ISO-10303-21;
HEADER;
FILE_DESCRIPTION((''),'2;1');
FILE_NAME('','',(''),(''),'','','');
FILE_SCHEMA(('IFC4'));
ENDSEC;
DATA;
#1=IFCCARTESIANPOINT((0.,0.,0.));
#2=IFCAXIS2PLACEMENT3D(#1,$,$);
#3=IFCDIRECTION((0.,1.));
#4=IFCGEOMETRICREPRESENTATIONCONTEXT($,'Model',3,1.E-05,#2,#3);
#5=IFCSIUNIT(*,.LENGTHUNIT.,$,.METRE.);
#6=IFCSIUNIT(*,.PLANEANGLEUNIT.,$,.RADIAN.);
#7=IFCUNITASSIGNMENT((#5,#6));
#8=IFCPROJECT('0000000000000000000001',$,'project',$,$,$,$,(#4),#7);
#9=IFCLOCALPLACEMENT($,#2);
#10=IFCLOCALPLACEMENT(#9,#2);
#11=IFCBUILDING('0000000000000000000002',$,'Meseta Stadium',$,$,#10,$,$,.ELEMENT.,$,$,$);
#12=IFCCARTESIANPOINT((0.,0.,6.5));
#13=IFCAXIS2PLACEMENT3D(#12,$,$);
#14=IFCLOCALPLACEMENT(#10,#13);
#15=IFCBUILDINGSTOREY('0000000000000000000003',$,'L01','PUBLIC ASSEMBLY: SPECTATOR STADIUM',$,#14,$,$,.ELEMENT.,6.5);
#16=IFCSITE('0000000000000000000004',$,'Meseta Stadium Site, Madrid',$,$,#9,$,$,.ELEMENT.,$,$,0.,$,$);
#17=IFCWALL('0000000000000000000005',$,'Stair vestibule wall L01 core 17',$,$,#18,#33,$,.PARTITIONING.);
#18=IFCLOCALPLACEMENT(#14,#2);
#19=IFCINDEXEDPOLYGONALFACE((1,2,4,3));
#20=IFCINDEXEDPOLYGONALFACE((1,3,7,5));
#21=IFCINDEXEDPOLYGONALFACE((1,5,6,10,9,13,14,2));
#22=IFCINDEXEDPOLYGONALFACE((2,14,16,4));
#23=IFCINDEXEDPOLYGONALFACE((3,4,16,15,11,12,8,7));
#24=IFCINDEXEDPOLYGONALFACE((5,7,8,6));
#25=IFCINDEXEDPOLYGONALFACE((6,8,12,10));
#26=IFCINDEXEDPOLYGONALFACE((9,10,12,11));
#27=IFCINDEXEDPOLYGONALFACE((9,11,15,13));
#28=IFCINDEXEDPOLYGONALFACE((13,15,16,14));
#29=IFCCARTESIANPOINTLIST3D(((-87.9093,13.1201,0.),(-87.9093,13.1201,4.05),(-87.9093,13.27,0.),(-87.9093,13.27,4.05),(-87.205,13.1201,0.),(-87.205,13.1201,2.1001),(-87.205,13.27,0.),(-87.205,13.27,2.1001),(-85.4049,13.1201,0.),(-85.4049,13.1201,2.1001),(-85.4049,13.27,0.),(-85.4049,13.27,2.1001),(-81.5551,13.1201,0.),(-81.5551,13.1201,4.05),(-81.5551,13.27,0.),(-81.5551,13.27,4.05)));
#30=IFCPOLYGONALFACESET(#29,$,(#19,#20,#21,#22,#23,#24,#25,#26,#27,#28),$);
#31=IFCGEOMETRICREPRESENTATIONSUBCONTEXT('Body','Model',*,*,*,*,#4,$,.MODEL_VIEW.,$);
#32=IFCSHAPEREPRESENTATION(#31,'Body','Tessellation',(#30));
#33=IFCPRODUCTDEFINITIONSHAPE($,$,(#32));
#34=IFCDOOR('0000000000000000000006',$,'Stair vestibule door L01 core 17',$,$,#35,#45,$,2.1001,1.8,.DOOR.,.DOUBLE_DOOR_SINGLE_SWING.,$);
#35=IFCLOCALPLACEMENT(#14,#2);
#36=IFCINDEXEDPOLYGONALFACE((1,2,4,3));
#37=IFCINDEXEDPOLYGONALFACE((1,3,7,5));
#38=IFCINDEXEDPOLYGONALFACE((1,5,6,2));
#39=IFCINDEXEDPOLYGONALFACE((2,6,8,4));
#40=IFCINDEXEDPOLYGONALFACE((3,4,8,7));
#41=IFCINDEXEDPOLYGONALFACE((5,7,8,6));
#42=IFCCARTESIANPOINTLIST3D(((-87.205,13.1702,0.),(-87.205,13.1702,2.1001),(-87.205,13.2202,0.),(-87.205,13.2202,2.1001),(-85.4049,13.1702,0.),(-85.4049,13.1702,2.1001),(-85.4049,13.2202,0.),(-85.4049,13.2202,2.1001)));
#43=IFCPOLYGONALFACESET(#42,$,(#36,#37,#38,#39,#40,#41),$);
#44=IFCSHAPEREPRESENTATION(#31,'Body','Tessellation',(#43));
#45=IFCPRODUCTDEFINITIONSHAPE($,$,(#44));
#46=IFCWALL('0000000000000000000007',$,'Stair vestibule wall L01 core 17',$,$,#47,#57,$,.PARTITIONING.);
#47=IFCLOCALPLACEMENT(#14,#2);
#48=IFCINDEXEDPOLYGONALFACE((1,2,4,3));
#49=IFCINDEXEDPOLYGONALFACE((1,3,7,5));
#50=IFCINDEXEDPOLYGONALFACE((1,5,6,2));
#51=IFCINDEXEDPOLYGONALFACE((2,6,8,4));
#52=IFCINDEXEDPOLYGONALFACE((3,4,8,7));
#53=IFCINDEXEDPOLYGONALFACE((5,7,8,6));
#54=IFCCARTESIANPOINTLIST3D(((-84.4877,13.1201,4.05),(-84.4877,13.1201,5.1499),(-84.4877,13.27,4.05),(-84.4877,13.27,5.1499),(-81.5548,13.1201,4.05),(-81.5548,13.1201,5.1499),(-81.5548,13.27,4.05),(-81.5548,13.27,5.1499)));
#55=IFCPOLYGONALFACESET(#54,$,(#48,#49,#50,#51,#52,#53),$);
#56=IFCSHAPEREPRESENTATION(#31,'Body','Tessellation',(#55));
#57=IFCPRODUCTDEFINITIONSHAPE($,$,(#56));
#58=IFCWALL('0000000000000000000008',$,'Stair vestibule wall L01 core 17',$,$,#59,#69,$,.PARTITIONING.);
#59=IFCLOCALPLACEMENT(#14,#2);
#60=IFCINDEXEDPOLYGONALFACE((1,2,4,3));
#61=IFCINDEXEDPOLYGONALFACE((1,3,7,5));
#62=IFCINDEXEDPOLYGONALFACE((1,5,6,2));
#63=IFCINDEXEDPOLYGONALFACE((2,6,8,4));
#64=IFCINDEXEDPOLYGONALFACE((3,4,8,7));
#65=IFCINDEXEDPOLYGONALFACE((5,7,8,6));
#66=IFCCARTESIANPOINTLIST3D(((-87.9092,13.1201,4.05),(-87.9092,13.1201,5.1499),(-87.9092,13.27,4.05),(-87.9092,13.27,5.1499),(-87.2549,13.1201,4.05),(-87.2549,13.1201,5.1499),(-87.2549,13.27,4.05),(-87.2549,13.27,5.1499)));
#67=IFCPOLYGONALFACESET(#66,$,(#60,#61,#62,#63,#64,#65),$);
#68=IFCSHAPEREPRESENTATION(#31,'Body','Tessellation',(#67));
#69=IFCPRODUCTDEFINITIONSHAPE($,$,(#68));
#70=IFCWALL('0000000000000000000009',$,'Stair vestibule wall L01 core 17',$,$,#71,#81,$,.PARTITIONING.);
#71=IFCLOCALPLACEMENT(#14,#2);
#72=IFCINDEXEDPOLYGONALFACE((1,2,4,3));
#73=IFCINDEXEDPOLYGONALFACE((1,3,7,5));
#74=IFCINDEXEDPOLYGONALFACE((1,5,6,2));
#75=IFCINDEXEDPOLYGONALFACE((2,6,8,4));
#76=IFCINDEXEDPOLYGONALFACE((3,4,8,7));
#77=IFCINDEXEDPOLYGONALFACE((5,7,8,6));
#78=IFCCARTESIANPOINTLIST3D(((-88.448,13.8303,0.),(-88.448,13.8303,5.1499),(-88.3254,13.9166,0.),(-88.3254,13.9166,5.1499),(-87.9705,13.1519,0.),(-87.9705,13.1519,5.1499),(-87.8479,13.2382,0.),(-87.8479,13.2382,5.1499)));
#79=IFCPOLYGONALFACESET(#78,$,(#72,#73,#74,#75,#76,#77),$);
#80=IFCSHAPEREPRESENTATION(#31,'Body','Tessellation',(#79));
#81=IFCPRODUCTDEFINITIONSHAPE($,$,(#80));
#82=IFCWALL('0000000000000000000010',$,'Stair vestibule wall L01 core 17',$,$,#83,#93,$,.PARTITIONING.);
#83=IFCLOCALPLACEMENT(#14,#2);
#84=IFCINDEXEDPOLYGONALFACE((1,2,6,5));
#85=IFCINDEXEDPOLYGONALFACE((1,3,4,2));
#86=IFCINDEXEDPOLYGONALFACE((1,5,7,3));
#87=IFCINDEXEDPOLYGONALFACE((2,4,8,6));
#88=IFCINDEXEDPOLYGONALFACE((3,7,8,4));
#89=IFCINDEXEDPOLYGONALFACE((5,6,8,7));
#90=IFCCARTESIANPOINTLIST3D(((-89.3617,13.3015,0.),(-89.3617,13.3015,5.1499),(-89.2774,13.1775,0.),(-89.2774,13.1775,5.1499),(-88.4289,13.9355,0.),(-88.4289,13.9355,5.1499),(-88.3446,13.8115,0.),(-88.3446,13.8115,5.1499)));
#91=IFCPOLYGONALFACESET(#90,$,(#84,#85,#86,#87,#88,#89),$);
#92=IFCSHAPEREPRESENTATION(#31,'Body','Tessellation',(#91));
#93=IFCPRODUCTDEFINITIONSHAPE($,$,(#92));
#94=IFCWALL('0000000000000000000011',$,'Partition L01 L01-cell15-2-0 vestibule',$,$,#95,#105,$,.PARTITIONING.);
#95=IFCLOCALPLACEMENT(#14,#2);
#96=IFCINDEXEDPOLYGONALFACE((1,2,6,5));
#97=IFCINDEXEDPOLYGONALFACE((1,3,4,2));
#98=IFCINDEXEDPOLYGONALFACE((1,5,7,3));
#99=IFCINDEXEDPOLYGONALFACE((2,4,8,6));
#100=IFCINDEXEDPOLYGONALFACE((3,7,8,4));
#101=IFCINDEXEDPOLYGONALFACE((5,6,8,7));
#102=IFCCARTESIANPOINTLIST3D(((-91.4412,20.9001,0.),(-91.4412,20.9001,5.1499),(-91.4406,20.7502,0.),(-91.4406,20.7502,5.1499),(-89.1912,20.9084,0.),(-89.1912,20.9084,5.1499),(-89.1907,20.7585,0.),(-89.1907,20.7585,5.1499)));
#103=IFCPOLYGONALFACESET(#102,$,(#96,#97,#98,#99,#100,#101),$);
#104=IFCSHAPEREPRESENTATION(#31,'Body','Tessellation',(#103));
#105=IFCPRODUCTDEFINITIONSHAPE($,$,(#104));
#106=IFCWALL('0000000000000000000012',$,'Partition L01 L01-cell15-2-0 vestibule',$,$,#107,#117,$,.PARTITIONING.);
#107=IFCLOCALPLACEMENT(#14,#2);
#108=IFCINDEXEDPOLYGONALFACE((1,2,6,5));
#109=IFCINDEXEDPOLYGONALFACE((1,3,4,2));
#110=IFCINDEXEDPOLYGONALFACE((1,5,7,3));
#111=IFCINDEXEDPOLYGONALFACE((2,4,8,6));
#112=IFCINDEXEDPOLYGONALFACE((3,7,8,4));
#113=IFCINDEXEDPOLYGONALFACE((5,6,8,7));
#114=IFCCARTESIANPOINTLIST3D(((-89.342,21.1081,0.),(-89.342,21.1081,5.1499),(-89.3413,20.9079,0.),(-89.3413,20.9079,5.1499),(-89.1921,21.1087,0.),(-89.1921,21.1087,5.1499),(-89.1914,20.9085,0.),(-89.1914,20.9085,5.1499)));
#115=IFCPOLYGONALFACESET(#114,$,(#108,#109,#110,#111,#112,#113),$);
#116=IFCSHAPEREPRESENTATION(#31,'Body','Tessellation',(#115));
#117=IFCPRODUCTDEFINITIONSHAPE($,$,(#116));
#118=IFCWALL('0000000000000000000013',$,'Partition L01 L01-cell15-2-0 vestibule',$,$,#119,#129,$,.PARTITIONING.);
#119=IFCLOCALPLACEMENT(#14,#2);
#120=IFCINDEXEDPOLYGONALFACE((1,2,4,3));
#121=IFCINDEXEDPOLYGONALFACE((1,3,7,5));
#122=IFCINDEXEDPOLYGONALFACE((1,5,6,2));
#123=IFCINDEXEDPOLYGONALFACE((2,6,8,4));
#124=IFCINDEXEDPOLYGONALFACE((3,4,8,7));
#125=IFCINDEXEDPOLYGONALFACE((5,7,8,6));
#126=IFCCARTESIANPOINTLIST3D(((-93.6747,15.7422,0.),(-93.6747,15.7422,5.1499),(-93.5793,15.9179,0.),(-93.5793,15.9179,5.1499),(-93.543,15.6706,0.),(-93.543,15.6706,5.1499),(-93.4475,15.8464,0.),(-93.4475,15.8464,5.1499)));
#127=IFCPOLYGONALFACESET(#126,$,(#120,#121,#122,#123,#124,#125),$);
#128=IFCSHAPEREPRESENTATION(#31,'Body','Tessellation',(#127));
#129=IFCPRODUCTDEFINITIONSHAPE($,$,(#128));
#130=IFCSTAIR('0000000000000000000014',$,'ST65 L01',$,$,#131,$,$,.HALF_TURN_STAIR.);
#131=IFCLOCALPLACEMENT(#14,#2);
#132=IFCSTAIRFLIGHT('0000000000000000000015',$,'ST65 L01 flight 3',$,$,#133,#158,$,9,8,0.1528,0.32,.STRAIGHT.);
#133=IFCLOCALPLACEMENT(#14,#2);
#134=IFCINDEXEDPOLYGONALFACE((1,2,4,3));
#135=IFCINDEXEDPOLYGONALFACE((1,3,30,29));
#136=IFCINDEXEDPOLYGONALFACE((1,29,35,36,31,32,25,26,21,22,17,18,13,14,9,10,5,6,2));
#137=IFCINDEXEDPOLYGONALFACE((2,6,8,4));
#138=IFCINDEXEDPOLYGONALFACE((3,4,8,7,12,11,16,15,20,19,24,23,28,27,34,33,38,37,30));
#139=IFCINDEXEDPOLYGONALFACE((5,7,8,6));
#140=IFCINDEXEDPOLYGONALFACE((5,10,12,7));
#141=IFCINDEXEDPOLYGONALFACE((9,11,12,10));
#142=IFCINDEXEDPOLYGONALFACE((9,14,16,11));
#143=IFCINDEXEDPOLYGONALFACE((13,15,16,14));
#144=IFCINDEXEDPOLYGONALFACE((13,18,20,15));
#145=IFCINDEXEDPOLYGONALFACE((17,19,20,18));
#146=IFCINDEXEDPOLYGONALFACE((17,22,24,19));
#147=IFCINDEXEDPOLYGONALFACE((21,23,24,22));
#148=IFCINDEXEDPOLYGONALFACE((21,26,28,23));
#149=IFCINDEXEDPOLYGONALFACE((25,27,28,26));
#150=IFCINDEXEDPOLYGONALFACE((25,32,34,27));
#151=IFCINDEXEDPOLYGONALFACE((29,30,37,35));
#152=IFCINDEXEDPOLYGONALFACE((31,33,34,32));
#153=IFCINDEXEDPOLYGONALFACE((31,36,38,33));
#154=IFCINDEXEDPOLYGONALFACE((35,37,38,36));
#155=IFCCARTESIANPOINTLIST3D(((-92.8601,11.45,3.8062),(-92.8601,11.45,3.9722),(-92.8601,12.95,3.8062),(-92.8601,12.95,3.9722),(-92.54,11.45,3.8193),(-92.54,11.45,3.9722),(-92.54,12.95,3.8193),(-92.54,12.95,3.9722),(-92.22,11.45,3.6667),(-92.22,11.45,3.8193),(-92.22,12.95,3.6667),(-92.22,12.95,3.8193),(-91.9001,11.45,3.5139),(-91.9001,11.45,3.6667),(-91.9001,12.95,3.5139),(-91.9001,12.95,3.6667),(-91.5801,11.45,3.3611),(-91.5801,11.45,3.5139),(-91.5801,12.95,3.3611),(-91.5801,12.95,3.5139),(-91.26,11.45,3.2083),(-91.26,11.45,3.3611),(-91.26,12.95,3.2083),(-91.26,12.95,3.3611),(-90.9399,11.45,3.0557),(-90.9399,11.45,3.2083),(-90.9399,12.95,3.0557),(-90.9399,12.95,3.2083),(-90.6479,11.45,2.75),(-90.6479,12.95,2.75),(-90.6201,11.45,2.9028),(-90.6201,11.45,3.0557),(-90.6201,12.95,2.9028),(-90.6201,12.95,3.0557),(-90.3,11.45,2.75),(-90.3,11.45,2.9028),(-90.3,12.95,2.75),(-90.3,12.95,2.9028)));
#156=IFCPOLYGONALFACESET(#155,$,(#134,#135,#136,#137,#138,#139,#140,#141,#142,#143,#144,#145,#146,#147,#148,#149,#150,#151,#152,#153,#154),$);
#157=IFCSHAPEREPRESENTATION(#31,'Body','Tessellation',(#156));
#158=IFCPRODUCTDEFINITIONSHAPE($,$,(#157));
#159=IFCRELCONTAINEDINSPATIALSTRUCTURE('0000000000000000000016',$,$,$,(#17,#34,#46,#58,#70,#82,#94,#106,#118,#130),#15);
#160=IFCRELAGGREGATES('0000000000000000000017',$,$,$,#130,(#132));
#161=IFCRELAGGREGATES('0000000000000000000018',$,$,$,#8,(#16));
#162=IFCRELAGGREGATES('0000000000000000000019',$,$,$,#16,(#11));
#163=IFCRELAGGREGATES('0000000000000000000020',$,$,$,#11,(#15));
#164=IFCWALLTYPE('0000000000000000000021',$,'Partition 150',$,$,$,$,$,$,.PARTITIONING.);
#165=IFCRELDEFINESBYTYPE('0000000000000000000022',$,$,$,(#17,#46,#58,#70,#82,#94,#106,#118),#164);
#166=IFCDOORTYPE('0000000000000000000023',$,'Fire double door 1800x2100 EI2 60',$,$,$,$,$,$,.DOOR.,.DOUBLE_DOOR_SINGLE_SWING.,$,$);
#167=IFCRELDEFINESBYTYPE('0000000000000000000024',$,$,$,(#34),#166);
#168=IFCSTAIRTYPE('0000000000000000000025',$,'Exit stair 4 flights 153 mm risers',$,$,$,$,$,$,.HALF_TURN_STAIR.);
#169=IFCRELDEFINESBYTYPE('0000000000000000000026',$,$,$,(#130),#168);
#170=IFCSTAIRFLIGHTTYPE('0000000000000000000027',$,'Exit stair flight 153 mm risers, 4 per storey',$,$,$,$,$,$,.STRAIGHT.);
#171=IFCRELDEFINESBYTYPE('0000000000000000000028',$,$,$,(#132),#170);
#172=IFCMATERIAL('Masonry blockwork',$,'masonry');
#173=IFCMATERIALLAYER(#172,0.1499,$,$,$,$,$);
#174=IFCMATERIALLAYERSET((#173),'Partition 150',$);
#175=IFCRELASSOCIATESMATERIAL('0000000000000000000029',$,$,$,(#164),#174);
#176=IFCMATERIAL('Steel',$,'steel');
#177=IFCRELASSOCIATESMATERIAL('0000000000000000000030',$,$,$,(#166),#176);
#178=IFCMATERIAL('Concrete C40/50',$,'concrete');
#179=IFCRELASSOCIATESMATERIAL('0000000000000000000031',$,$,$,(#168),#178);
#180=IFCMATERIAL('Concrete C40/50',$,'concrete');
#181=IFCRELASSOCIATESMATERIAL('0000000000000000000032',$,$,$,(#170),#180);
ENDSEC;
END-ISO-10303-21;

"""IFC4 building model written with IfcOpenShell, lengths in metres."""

from ifc_helpers import new_model, si_unit, direction, frame, frame_2d, origin, place, context, subcontext, project, spatial, polyline, rectangle, outline, extrude, material, layer, layer_set, type_object, element, fill, aggregate, save


model = new_model("IFC4")

# Units and contexts
model_context = context("Model", 3, precision=1e-05, world=origin(), true_north=direction((0.0, 1.0)))
body_context = subcontext(model_context, "Body", "Model", "MODEL_VIEW")
ifc_project = project(units=[si_unit("LENGTHUNIT", "METRE"), si_unit("PLANEANGLEUNIT", "RADIAN")], contexts=[model_context])

# Site, building, storey
site_placement = place(None, origin())
site = spatial("IfcSite", under=ifc_project, at=site_placement, Name="Meseta Stadium Site, Madrid", CompositionType="ELEMENT", RefElevation=0.0)
building_placement = place(site_placement, origin())
building = spatial("IfcBuilding", under=site, at=building_placement, Name="Meseta Stadium", CompositionType="ELEMENT")
storey_placement = place(building_placement, frame((0.0, 0.0, 6.5)))
storey = spatial("IfcBuildingStorey", under=building, at=storey_placement, Name="L01", Description="PUBLIC ASSEMBLY: SPECTATOR STADIUM", CompositionType="ELEMENT", Elevation=6.5)

# Shared definitions
ifc_material_1 = material(Name="Masonry blockwork", Category="masonry")
ifc_layer_1 = layer(ifc_material_1, 0.1499)
ifc_layer_set_1 = layer_set([ifc_layer_1], Name="Partition 150")
wall_type_1 = type_object("IfcWallType", Name="Partition 150", PredefinedType="PARTITIONING", material=ifc_layer_set_1)

# Wall, opening, door
wall_1_placement = place(storey_placement, frame((-81.5549, 13.1951, 0.0), z_axis=(0.0, 0.0, 1.0), x_axis=(-1.0, 0.0, 0.0)))
wall_1 = element("IfcWall", 1, at=wall_1_placement, inside=storey, type_object=wall_type_1, Name="Stair vestibule wall L01 core 17", PredefinedType="PARTITIONING", context=body_context, shape_type="SweptSolid", body=[
    extrude(rectangle(XDim=6.3542, YDim=0.1499, at=frame_2d((3.1772, 0.0))), origin(), (0.0, 0.0, 1.0), 4.05),
])
opening_1_placement = place(wall_1_placement, frame((3.8501, 0.0, 0.0)))
opening_1 = element("IfcOpeningElement", 2, at=opening_1_placement, cuts=wall_1, PredefinedType="OPENING", context=body_context, shape_type="SweptSolid", body=[
    extrude(rectangle(XDim=1.8, YDim=2.1001, at=frame_2d((0.8999, 1.05))), frame((0.0, 0.085, 0.0), z_axis=(0.0, -1.0, 0.0), x_axis=(1.0, 0.0, 0.0)), (0.0, 0.0, 1.0), 0.1699),
])
ifc_material_2 = material(Name="Steel", Category="steel")
door_type_1 = type_object("IfcDoorType", Name="Fire double door 1800x2100 EI2 60", OperationType="DOUBLE_DOOR_SINGLE_SWING", PredefinedType="DOOR", material=ifc_material_2)
door_1_placement = place(opening_1_placement, origin())
door_1 = element("IfcDoor", 3, at=door_1_placement, inside=storey, type_object=door_type_1, Name="Stair vestibule door L01 core 17", OperationType="DOUBLE_DOOR_SINGLE_SWING", OverallHeight=2.1001, OverallWidth=1.8, PredefinedType="DOOR", context=body_context, shape_type="SweptSolid", body=[
    extrude(rectangle(XDim=1.8, YDim=2.1001, at=frame_2d((0.8999, 1.05))), frame((0.0, 0.0249, 0.0), z_axis=(0.0, -1.0, 0.0), x_axis=(1.0, 0.0, 0.0)), (0.0, 0.0, 1.0), 0.05),
])
fill(opening_1, door_1)

# Walls
wall_2_placement = place(storey_placement, frame((-81.5549, 13.1951, 4.05), z_axis=(0.0, 0.0, 1.0), x_axis=(-1.0, 0.0, 0.0)))
element("IfcWall", 4, at=wall_2_placement, inside=storey, type_object=wall_type_1, Name="Stair vestibule wall L01 core 17", PredefinedType="PARTITIONING", context=body_context, shape_type="SweptSolid", body=[
    extrude(rectangle(XDim=2.9329, YDim=0.1499, at=frame_2d((1.4663, 0.0))), origin(), (0.0, 0.0, 1.0), 1.0999),
])
wall_3_placement = place(storey_placement, frame((-87.2549, 13.1951, 4.05), z_axis=(0.0, 0.0, 1.0), x_axis=(-1.0, 0.0, 0.0)))
element("IfcWall", 5, at=wall_3_placement, inside=storey, type_object=wall_type_1, Name="Stair vestibule wall L01 core 17", PredefinedType="PARTITIONING", context=body_context, shape_type="SweptSolid", body=[
    extrude(rectangle(XDim=0.6543, YDim=0.1499, at=frame_2d((0.3271, 0.0))), origin(), (0.0, 0.0, 1.0), 1.0999),
])
wall_4_placement = place(storey_placement, frame((-87.9092, 13.1951, 0.0), z_axis=(0.0, 0.0, 1.0), x_axis=(-0.575574, 0.81775, 0.0)))
element("IfcWall", 6, at=wall_4_placement, inside=storey, type_object=wall_type_1, Name="Stair vestibule wall L01 core 17", PredefinedType="PARTITIONING", context=body_context, shape_type="SweptSolid", body=[
    extrude(rectangle(XDim=0.8296, YDim=0.1499, at=frame_2d((0.4148, 0.0))), origin(), (0.0, 0.0, 1.0), 5.1499),
])
wall_5_placement = place(storey_placement, frame((-88.3867, 13.8735, 0.0), z_axis=(0.0, 0.0, 1.0), x_axis=(-0.827055, -0.562121, 0.0)))
element("IfcWall", 7, at=wall_5_placement, inside=storey, type_object=wall_type_1, Name="Stair vestibule wall L01 core 17", PredefinedType="PARTITIONING", context=body_context, shape_type="SweptSolid", body=[
    extrude(rectangle(XDim=1.1279, YDim=0.1499, at=frame_2d((0.564, 0.0))), origin(), (0.0, 0.0, 1.0), 5.1499),
])
wall_6_placement = place(storey_placement, frame((-91.4409, 20.8252, 0.0), z_axis=(0.0, 0.0, 1.0), x_axis=(0.999993, 0.003689, 0.0)))
element("IfcWall", 8, at=wall_6_placement, inside=storey, type_object=wall_type_1, Name="Partition L01 L01-cell15-2-0 vestibule", PredefinedType="PARTITIONING", context=body_context, shape_type="SweptSolid", body=[
    extrude(rectangle(XDim=2.25, YDim=0.1499, at=frame_2d((1.125, 0.0))), origin(), (0.0, 0.0, 1.0), 5.1499),
])
wall_7_placement = place(storey_placement, frame((-89.2671, 21.1084, 0.0), z_axis=(0.0, 0.0, 1.0), x_axis=(0.003659, -0.999993, 0.0)))
element("IfcWall", 9, at=wall_7_placement, inside=storey, type_object=wall_type_1, Name="Partition L01 L01-cell15-2-0 vestibule", PredefinedType="PARTITIONING", context=body_context, shape_type="SweptSolid", body=[
    extrude(rectangle(XDim=0.2002, YDim=0.1499, at=frame_2d((0.1001, 0.0))), origin(), (0.0, 0.0, 1.0), 5.1499),
])
wall_8_placement = place(storey_placement, frame((-93.6089, 15.7063, 0.0), z_axis=(0.0, 0.0, 1.0), x_axis=(0.477227, 0.87878, 0.0)))
element("IfcWall", 10, at=wall_8_placement, inside=storey, type_object=wall_type_1, Name="Partition L01 L01-cell15-2-0 vestibule", PredefinedType="PARTITIONING", context=body_context, shape_type="SweptSolid", body=[
    extrude(rectangle(XDim=0.2, YDim=0.1499, at=frame_2d((0.1001, 0.0))), origin(), (0.0, 0.0, 1.0), 5.1499),
])

# Stair, stair flight
ifc_material_3 = material(Name="Concrete C40/50", Category="concrete")
stair_type = type_object("IfcStairType", Name="Exit stair 4 flights 153 mm risers", PredefinedType="HALF_TURN_STAIR", material=ifc_material_3)
stair_placement = place(storey_placement, origin())
stair = element("IfcStair", 11, at=stair_placement, inside=storey, type_object=stair_type, Name="ST65 L01", PredefinedType="HALF_TURN_STAIR")
ifc_material_4 = material(Name="Concrete C40/50", Category="concrete")
stair_flight_type = type_object("IfcStairFlightType", Name="Exit stair flight 153 mm risers, 4 per storey", PredefinedType="STRAIGHT", material=ifc_material_4)
stair_flight_placement = place(storey_placement, frame((-90.3, 12.2, 2.75), z_axis=(0.0, 0.0, 1.0), x_axis=(-1.0, 0.0, 0.0)))
stair_flight = element("IfcStairFlight", 12, at=stair_flight_placement, type_object=stair_flight_type, Name="ST65 L01 flight 3", NumberOfRisers=9, NumberOfTreads=8, PredefinedType="STRAIGHT", RiserHeight=0.1528, TreadLength=0.32, context=body_context, shape_type="SweptSolid", body=[
    extrude(outline(polyline([(0.0, 0.0), (0.0, 0.1528), (0.3201, 0.1528), (0.3201, 0.3057), (0.6399, 0.3057), (0.6399, 0.4583), (0.96, 0.4583), (0.96, 0.6111), (1.28, 0.6111), (1.28, 0.7639), (1.6001, 0.7639), (1.6001, 0.9167), (1.9199, 0.9167), (1.9199, 1.0693), (2.24, 1.0693), (2.24, 1.2222), (2.5601, 1.2222), (2.5601, 1.0562), (0.3479, 0.0), (0.0, 0.0)])), frame((0.0, 0.75, 0.0), z_axis=(0.0, -1.0, 0.0), x_axis=(1.0, 0.0, 0.0)), (0.0, 0.0, 1.0), 1.5),
])
aggregate(stair, [stair_flight])

save(model, "model.ifc")
